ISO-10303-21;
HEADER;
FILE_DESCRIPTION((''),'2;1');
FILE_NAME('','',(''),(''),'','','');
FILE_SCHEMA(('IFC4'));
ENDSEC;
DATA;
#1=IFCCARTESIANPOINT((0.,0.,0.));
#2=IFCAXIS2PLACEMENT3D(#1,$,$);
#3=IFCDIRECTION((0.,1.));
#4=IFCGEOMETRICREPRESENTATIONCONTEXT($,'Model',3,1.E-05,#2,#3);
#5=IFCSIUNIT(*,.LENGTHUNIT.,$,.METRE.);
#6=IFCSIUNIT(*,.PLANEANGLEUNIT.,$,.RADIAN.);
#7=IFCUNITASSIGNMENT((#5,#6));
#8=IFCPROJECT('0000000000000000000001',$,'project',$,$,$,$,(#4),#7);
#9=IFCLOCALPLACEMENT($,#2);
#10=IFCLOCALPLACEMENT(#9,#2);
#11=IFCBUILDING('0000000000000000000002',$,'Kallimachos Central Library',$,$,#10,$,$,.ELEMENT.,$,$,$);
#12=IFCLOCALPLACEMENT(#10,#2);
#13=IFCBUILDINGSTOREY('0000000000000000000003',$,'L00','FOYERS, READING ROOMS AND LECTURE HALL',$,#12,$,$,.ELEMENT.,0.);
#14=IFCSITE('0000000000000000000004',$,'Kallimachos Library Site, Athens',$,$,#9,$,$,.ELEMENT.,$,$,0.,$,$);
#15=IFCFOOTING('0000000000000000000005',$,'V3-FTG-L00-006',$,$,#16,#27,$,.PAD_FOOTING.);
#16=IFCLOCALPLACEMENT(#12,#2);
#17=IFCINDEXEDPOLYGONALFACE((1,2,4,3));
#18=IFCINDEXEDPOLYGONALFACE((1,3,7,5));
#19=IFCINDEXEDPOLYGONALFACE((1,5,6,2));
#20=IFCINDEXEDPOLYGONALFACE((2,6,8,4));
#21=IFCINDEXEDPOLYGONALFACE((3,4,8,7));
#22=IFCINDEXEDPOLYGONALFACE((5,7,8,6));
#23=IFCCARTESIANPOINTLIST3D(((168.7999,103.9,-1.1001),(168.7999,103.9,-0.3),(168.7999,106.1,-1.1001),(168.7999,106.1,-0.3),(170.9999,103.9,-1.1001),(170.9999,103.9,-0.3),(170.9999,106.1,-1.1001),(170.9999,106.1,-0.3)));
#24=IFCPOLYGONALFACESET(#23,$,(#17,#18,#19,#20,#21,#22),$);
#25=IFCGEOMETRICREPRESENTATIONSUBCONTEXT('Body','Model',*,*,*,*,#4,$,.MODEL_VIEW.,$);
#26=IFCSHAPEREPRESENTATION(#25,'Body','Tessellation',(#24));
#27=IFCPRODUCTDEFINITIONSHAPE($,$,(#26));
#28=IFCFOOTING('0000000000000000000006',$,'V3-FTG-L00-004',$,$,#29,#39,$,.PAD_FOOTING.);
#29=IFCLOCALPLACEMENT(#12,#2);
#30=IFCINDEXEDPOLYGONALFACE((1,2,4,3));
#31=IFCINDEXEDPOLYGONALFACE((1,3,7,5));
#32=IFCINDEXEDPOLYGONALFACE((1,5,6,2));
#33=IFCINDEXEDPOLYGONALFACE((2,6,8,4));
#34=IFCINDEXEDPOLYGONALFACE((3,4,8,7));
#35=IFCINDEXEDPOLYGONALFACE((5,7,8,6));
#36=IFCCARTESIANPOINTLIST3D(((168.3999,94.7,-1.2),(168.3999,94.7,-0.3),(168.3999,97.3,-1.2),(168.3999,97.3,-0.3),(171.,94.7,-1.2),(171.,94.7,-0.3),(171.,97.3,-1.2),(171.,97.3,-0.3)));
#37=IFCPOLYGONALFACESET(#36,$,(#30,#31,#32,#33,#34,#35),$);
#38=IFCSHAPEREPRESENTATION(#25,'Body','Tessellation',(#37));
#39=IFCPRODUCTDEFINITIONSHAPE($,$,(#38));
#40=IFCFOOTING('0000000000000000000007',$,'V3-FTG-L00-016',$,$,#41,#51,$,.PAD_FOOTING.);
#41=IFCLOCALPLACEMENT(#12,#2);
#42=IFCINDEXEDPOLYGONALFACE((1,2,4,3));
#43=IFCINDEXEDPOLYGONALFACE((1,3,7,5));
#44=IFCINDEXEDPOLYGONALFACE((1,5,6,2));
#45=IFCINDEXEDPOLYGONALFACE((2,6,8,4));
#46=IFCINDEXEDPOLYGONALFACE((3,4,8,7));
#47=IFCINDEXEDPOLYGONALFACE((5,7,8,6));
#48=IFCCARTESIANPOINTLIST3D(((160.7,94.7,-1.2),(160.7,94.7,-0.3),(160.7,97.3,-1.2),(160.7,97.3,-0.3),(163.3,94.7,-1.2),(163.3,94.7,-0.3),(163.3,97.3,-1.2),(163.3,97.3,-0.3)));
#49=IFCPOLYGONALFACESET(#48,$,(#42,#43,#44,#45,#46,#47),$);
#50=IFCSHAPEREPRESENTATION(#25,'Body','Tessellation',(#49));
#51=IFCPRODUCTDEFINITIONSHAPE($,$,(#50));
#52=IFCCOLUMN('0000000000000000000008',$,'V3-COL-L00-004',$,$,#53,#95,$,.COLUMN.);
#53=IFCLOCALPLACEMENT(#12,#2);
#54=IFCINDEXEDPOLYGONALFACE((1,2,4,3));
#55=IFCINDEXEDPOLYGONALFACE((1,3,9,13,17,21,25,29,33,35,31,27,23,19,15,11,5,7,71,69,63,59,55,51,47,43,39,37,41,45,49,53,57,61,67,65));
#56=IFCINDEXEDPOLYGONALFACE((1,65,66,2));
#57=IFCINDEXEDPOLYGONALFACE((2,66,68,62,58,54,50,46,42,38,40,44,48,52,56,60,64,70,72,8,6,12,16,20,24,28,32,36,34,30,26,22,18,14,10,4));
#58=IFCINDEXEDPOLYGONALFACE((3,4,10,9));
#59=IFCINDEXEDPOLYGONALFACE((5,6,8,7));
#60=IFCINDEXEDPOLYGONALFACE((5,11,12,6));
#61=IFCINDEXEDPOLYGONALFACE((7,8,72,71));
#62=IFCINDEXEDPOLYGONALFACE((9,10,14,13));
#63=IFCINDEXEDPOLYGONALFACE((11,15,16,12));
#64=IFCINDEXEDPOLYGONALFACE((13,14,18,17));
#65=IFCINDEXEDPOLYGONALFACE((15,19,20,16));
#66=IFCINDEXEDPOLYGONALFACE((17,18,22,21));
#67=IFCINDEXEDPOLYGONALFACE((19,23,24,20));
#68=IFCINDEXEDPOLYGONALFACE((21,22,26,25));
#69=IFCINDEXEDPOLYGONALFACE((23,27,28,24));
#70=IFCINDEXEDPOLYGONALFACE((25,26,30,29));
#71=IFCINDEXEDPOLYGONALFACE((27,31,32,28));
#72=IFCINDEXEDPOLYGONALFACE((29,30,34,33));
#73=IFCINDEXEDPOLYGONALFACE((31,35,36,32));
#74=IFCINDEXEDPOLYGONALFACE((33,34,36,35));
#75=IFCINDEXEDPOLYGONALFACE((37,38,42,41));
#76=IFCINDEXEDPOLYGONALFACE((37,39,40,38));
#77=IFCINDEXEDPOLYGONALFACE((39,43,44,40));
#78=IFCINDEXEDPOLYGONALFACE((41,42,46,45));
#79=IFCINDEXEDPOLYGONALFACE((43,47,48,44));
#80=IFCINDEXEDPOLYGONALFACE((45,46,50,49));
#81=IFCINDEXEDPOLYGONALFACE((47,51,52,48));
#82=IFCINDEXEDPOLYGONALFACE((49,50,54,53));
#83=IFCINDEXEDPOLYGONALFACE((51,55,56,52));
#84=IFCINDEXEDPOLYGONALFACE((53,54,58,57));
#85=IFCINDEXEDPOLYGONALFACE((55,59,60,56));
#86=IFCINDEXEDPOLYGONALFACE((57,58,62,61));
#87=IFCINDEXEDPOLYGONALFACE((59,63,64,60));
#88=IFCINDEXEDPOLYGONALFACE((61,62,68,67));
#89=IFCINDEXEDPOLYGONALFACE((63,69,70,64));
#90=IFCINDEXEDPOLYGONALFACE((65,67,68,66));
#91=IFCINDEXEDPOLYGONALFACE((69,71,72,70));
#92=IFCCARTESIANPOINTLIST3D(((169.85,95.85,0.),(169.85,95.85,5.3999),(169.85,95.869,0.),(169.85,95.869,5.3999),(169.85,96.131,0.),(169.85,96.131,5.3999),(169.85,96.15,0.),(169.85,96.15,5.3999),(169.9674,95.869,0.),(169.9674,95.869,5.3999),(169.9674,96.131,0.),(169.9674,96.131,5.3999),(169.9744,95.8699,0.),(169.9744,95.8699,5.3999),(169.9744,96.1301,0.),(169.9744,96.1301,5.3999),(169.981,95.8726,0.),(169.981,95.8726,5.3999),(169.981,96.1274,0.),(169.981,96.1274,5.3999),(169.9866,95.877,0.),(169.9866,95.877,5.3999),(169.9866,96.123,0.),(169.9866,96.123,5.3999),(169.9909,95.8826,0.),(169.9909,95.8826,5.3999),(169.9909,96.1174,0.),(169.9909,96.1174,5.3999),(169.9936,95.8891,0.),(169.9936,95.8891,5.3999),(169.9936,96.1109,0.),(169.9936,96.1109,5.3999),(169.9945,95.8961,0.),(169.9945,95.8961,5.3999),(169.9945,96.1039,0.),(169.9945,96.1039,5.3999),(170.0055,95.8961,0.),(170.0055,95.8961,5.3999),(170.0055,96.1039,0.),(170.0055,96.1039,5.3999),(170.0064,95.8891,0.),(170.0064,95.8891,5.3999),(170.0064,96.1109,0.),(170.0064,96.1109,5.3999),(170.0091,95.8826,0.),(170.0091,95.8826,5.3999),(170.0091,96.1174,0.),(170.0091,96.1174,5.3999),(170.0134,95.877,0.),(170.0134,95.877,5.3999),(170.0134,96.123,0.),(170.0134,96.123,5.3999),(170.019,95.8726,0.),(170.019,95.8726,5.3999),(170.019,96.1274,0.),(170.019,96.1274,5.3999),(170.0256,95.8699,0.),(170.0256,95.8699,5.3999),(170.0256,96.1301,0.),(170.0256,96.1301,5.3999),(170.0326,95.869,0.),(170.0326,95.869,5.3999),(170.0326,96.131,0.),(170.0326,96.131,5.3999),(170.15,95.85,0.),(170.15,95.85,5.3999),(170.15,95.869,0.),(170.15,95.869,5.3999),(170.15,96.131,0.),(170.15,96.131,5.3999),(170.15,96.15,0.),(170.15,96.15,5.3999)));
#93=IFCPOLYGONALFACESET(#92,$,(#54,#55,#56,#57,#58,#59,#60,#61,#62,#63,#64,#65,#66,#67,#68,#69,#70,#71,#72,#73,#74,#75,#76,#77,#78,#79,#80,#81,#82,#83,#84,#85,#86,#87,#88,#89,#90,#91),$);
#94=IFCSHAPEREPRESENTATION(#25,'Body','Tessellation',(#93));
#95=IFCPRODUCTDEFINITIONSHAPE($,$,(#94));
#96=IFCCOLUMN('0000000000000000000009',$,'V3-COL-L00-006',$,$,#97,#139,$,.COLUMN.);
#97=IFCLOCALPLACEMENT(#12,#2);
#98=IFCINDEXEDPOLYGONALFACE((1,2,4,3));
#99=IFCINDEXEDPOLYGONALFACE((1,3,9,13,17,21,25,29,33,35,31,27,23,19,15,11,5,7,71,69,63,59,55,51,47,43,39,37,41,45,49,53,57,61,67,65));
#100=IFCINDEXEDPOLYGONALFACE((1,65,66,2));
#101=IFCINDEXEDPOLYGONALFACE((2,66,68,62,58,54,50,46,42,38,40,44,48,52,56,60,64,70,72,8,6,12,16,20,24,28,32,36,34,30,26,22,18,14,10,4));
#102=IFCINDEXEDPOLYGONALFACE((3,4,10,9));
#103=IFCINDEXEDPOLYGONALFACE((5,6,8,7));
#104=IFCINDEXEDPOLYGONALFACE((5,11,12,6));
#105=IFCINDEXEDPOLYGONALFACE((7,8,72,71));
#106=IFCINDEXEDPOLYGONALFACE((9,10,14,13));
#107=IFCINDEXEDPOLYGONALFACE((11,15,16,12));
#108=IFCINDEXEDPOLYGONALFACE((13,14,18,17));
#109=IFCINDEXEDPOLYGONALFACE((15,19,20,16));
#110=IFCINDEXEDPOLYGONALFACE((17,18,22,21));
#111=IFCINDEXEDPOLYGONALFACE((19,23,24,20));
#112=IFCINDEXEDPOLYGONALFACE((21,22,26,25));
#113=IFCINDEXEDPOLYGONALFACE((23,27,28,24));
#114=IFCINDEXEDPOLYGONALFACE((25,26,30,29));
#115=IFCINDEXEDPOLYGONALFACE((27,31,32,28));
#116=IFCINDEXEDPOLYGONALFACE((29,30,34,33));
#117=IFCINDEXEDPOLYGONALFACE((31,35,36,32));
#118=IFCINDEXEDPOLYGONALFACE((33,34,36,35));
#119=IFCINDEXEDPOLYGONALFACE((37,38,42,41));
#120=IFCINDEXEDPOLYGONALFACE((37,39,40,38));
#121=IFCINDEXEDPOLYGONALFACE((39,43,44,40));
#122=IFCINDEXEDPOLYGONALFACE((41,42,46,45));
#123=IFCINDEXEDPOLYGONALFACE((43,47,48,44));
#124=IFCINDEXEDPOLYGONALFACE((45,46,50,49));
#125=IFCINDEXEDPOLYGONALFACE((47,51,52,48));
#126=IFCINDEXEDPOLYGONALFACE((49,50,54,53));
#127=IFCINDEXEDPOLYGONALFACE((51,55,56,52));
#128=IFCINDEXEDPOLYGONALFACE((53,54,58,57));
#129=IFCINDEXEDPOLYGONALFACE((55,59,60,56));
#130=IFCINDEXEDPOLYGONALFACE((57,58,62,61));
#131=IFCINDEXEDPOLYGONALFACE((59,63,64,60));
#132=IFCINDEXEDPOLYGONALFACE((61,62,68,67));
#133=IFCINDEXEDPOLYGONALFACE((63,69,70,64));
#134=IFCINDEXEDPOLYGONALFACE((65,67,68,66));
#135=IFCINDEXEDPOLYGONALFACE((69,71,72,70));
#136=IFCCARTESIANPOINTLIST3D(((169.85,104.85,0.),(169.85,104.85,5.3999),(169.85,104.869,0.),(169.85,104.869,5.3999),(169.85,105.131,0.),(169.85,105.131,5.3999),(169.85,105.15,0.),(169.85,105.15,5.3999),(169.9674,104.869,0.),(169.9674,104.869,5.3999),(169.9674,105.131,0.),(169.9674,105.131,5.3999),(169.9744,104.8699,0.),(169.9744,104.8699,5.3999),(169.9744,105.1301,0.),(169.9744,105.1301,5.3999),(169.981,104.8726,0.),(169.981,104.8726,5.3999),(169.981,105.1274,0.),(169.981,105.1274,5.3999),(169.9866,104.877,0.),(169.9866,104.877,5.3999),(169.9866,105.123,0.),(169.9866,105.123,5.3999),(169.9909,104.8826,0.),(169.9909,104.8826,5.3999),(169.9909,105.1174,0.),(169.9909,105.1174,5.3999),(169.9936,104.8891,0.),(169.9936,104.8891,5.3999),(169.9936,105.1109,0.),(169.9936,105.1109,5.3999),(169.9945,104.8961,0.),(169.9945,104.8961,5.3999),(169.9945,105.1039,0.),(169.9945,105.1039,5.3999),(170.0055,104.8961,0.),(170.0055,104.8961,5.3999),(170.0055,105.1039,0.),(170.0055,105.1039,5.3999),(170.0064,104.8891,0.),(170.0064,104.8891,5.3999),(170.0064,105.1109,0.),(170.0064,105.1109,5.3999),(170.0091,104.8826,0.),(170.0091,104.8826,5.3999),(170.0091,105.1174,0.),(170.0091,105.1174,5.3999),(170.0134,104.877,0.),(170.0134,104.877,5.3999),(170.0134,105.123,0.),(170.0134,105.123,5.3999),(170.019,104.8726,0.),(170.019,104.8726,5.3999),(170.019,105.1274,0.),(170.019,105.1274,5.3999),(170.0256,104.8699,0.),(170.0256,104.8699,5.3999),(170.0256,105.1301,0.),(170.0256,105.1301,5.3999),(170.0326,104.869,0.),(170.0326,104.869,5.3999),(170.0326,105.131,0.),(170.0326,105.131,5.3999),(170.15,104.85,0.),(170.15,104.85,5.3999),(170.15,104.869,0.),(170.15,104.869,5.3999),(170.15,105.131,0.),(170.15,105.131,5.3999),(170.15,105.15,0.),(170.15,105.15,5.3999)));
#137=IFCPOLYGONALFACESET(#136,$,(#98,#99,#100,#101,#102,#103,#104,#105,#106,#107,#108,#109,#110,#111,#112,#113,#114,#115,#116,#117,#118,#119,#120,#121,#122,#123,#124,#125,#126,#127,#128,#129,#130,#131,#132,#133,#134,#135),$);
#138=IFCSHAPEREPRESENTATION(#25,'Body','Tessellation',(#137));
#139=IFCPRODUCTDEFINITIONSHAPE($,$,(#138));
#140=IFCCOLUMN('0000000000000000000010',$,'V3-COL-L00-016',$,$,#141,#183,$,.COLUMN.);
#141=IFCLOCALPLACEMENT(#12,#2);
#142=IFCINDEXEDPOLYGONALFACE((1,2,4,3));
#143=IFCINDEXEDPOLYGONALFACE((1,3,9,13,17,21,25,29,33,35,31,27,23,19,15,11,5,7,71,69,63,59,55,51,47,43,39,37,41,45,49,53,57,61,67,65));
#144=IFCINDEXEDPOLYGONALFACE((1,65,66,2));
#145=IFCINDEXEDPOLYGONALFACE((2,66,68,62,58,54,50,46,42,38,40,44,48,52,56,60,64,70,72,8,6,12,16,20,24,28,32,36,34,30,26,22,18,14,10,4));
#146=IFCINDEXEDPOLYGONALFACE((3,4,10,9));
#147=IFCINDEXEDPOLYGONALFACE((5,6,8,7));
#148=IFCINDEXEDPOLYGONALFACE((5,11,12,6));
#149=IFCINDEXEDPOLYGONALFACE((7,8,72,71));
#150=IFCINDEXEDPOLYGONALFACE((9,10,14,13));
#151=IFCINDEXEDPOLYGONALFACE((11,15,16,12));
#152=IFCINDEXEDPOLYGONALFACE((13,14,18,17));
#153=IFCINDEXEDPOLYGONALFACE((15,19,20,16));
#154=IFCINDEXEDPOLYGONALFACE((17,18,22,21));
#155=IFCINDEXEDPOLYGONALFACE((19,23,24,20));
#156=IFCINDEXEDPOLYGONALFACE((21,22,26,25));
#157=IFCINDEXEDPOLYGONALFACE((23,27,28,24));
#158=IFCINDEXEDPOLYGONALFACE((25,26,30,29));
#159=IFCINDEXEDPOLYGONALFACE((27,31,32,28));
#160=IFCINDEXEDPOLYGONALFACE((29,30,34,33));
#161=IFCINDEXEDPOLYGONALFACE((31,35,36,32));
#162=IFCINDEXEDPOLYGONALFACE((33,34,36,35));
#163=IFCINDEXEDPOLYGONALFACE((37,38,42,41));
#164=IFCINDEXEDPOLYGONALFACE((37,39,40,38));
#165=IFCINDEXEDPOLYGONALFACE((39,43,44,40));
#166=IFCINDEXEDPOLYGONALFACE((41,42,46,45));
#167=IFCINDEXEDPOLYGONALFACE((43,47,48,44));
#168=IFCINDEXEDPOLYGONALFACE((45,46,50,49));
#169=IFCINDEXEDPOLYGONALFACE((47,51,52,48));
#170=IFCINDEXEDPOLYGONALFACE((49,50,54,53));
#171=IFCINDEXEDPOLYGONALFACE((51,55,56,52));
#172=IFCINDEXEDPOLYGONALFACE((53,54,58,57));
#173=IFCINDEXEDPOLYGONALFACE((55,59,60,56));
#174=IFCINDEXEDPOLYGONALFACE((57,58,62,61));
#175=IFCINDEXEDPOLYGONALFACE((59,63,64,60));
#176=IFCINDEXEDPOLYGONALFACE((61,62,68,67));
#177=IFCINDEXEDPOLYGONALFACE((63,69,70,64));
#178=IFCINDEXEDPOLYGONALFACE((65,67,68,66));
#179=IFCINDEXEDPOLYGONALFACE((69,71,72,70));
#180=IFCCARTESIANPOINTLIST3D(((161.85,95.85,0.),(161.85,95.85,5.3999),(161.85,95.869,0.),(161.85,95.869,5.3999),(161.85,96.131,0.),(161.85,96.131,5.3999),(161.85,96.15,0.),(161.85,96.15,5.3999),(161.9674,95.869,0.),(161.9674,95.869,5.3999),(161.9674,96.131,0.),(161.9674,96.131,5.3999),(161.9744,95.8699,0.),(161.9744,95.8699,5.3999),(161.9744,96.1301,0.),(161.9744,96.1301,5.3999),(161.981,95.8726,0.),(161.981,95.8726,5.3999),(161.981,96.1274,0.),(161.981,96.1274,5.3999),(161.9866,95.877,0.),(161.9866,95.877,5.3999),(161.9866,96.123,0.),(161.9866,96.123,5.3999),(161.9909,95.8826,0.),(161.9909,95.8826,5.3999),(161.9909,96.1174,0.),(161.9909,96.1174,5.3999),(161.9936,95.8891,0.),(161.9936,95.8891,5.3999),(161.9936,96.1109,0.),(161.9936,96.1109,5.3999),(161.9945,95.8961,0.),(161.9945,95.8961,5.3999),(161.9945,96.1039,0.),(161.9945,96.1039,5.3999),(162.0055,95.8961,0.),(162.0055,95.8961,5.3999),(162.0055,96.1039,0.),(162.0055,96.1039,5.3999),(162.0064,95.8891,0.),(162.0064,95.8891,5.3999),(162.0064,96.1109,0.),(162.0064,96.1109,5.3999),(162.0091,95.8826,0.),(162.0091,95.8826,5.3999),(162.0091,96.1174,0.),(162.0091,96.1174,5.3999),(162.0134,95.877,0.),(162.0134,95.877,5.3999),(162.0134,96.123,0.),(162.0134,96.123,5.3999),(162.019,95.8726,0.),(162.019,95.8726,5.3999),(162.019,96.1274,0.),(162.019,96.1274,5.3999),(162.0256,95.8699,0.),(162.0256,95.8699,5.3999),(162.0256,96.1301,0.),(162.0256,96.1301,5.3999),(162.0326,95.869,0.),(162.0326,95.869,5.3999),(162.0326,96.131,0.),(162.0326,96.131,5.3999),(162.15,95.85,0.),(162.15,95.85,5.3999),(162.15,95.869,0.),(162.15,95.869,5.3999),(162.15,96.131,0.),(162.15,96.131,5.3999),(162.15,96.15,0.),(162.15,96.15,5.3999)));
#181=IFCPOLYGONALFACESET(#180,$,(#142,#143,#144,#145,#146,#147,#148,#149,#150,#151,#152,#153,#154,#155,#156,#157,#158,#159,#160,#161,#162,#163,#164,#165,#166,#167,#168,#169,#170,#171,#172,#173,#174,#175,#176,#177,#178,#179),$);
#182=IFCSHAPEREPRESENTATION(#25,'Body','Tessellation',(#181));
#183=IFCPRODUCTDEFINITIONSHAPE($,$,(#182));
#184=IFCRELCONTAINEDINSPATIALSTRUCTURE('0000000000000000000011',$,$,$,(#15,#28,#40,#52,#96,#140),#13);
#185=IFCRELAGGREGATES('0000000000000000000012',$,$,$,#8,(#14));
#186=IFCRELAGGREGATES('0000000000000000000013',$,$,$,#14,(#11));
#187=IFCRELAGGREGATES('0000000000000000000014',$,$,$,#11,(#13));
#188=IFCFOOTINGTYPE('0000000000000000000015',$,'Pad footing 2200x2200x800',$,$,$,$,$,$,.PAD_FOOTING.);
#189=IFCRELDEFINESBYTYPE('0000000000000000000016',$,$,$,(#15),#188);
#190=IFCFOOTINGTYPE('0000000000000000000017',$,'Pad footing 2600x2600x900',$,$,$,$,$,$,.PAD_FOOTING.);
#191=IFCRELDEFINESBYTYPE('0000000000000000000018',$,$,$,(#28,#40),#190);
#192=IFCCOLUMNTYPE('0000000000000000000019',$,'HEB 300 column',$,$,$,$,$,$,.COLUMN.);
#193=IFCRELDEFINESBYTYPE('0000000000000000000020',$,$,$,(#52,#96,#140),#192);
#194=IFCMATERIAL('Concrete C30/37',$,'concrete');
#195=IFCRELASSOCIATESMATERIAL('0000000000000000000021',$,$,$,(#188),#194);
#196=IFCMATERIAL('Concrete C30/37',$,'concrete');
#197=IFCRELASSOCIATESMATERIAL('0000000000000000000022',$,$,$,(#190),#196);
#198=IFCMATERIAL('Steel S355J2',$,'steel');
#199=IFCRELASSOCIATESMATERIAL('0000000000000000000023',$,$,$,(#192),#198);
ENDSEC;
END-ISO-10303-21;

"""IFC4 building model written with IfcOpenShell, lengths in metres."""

from ifc_helpers import new_model, si_unit, direction, frame, origin, origin_2d, place, context, subcontext, project, spatial, rectangle, i_section, extrude, material, material_profile, profile_set, type_object, element, save


model = new_model("IFC4")

# Units and contexts
model_context = context("Model", 3, precision=1e-05, world=origin(), true_north=direction((0.0, 1.0)))
body_context = subcontext(model_context, "Body", "Model", "MODEL_VIEW")
ifc_project = project(units=[si_unit("LENGTHUNIT", "METRE"), si_unit("PLANEANGLEUNIT", "RADIAN")], contexts=[model_context])

# Site, building, storey
site_placement = place(None, origin())
site = spatial("IfcSite", under=ifc_project, at=site_placement, Name="Kallimachos Library Site, Athens", CompositionType="ELEMENT", RefElevation=0.0)
building_placement = place(site_placement, origin())
building = spatial("IfcBuilding", under=site, at=building_placement, Name="Kallimachos Central Library", CompositionType="ELEMENT")
storey_placement = place(building_placement, origin())
storey = spatial("IfcBuildingStorey", under=building, at=storey_placement, Name="L00", Description="FOYERS, READING ROOMS AND LECTURE HALL", CompositionType="ELEMENT", Elevation=0.0)

# Footings
ifc_material_1 = material(Name="Concrete C30/37", Category="concrete")
footing_type_1 = type_object("IfcFootingType", Name="Pad footing 2200x2200x800", PredefinedType="PAD_FOOTING", material=ifc_material_1)
footing_placement = place(storey_placement, frame((169.8999, 105.0, -1.1001), z_axis=(0.0, 0.0, 1.0), x_axis=(1.0, 0.0, 0.0)))
element("IfcFooting", 1, at=footing_placement, inside=storey, type_object=footing_type_1, Name="V3-FTG-L00-006", PredefinedType="PAD_FOOTING", context=body_context, shape_type="SweptSolid", body=[
    extrude(rectangle(XDim=2.2, YDim=2.2, at=origin_2d()), origin(), (0.0, 0.0, 1.0), 0.8),
])
ifc_material_2 = material(Name="Concrete C30/37", Category="concrete")
footing_type_2 = type_object("IfcFootingType", Name="Pad footing 2600x2600x900", PredefinedType="PAD_FOOTING", material=ifc_material_2)
for number, where, z_axis, x_axis, name in (
    (2, (169.7, 96.0, -1.2), (0.0, 0.0, 1.0), (1.0, 0.0, 0.0), "V3-FTG-L00-004"),
    (3, (162.0, 96.0, -1.2), (0.0, 0.0, 1.0), (1.0, 0.0, 0.0), "V3-FTG-L00-016"),
):
    element("IfcFooting", number, at=place(storey_placement, frame(where, z_axis=z_axis, x_axis=x_axis)), inside=storey, type_object=footing_type_2, Name=name, PredefinedType="PAD_FOOTING", context=body_context, shape_type="SweptSolid", body=[
        extrude(rectangle(XDim=2.6001, YDim=2.6001, at=origin_2d()), origin(), (0.0, 0.0, 1.0), 0.8999),
    ])

# Columns
ifc_material_3 = material(Name="Steel S355J2", Category="steel")
ifc_material_profile_1 = material_profile(ifc_material_3, i_section(OverallWidth=0.3, OverallDepth=0.3, WebThickness=0.011, FlangeThickness=0.019, FilletRadius=0.0271, at=origin_2d()), Name="HEB 300")
ifc_profile_set_1 = profile_set([ifc_material_profile_1], Name="Steel S355J2")
column_type = type_object("IfcColumnType", Name="HEB 300 column", PredefinedType="COLUMN", material=ifc_profile_set_1)
for number, where, z_axis, x_axis, name in (
    (4, (170.0, 96.0, 0.0), (0.0, 0.0, 1.0), (1.0, 0.0, 0.0), "V3-COL-L00-004"),
    (5, (170.0, 105.0, 0.0), (0.0, 0.0, 1.0), (1.0, 0.0, 0.0), "V3-COL-L00-006"),
    (6, (162.0, 96.0, 0.0), (0.0, 0.0, 1.0), (1.0, 0.0, 0.0), "V3-COL-L00-016"),
):
    element("IfcColumn", number, at=place(storey_placement, frame(where, z_axis=z_axis, x_axis=x_axis)), inside=storey, type_object=column_type, Name=name, PredefinedType="COLUMN", context=body_context, shape_type="SweptSolid", body=[
        extrude(i_section(OverallWidth=0.3, OverallDepth=0.3, WebThickness=0.011, FlangeThickness=0.019, FilletRadius=0.0271, at=origin_2d()), origin(), (0.0, 0.0, 1.0), 5.3999),
    ])

save(model, "model.ifc")
